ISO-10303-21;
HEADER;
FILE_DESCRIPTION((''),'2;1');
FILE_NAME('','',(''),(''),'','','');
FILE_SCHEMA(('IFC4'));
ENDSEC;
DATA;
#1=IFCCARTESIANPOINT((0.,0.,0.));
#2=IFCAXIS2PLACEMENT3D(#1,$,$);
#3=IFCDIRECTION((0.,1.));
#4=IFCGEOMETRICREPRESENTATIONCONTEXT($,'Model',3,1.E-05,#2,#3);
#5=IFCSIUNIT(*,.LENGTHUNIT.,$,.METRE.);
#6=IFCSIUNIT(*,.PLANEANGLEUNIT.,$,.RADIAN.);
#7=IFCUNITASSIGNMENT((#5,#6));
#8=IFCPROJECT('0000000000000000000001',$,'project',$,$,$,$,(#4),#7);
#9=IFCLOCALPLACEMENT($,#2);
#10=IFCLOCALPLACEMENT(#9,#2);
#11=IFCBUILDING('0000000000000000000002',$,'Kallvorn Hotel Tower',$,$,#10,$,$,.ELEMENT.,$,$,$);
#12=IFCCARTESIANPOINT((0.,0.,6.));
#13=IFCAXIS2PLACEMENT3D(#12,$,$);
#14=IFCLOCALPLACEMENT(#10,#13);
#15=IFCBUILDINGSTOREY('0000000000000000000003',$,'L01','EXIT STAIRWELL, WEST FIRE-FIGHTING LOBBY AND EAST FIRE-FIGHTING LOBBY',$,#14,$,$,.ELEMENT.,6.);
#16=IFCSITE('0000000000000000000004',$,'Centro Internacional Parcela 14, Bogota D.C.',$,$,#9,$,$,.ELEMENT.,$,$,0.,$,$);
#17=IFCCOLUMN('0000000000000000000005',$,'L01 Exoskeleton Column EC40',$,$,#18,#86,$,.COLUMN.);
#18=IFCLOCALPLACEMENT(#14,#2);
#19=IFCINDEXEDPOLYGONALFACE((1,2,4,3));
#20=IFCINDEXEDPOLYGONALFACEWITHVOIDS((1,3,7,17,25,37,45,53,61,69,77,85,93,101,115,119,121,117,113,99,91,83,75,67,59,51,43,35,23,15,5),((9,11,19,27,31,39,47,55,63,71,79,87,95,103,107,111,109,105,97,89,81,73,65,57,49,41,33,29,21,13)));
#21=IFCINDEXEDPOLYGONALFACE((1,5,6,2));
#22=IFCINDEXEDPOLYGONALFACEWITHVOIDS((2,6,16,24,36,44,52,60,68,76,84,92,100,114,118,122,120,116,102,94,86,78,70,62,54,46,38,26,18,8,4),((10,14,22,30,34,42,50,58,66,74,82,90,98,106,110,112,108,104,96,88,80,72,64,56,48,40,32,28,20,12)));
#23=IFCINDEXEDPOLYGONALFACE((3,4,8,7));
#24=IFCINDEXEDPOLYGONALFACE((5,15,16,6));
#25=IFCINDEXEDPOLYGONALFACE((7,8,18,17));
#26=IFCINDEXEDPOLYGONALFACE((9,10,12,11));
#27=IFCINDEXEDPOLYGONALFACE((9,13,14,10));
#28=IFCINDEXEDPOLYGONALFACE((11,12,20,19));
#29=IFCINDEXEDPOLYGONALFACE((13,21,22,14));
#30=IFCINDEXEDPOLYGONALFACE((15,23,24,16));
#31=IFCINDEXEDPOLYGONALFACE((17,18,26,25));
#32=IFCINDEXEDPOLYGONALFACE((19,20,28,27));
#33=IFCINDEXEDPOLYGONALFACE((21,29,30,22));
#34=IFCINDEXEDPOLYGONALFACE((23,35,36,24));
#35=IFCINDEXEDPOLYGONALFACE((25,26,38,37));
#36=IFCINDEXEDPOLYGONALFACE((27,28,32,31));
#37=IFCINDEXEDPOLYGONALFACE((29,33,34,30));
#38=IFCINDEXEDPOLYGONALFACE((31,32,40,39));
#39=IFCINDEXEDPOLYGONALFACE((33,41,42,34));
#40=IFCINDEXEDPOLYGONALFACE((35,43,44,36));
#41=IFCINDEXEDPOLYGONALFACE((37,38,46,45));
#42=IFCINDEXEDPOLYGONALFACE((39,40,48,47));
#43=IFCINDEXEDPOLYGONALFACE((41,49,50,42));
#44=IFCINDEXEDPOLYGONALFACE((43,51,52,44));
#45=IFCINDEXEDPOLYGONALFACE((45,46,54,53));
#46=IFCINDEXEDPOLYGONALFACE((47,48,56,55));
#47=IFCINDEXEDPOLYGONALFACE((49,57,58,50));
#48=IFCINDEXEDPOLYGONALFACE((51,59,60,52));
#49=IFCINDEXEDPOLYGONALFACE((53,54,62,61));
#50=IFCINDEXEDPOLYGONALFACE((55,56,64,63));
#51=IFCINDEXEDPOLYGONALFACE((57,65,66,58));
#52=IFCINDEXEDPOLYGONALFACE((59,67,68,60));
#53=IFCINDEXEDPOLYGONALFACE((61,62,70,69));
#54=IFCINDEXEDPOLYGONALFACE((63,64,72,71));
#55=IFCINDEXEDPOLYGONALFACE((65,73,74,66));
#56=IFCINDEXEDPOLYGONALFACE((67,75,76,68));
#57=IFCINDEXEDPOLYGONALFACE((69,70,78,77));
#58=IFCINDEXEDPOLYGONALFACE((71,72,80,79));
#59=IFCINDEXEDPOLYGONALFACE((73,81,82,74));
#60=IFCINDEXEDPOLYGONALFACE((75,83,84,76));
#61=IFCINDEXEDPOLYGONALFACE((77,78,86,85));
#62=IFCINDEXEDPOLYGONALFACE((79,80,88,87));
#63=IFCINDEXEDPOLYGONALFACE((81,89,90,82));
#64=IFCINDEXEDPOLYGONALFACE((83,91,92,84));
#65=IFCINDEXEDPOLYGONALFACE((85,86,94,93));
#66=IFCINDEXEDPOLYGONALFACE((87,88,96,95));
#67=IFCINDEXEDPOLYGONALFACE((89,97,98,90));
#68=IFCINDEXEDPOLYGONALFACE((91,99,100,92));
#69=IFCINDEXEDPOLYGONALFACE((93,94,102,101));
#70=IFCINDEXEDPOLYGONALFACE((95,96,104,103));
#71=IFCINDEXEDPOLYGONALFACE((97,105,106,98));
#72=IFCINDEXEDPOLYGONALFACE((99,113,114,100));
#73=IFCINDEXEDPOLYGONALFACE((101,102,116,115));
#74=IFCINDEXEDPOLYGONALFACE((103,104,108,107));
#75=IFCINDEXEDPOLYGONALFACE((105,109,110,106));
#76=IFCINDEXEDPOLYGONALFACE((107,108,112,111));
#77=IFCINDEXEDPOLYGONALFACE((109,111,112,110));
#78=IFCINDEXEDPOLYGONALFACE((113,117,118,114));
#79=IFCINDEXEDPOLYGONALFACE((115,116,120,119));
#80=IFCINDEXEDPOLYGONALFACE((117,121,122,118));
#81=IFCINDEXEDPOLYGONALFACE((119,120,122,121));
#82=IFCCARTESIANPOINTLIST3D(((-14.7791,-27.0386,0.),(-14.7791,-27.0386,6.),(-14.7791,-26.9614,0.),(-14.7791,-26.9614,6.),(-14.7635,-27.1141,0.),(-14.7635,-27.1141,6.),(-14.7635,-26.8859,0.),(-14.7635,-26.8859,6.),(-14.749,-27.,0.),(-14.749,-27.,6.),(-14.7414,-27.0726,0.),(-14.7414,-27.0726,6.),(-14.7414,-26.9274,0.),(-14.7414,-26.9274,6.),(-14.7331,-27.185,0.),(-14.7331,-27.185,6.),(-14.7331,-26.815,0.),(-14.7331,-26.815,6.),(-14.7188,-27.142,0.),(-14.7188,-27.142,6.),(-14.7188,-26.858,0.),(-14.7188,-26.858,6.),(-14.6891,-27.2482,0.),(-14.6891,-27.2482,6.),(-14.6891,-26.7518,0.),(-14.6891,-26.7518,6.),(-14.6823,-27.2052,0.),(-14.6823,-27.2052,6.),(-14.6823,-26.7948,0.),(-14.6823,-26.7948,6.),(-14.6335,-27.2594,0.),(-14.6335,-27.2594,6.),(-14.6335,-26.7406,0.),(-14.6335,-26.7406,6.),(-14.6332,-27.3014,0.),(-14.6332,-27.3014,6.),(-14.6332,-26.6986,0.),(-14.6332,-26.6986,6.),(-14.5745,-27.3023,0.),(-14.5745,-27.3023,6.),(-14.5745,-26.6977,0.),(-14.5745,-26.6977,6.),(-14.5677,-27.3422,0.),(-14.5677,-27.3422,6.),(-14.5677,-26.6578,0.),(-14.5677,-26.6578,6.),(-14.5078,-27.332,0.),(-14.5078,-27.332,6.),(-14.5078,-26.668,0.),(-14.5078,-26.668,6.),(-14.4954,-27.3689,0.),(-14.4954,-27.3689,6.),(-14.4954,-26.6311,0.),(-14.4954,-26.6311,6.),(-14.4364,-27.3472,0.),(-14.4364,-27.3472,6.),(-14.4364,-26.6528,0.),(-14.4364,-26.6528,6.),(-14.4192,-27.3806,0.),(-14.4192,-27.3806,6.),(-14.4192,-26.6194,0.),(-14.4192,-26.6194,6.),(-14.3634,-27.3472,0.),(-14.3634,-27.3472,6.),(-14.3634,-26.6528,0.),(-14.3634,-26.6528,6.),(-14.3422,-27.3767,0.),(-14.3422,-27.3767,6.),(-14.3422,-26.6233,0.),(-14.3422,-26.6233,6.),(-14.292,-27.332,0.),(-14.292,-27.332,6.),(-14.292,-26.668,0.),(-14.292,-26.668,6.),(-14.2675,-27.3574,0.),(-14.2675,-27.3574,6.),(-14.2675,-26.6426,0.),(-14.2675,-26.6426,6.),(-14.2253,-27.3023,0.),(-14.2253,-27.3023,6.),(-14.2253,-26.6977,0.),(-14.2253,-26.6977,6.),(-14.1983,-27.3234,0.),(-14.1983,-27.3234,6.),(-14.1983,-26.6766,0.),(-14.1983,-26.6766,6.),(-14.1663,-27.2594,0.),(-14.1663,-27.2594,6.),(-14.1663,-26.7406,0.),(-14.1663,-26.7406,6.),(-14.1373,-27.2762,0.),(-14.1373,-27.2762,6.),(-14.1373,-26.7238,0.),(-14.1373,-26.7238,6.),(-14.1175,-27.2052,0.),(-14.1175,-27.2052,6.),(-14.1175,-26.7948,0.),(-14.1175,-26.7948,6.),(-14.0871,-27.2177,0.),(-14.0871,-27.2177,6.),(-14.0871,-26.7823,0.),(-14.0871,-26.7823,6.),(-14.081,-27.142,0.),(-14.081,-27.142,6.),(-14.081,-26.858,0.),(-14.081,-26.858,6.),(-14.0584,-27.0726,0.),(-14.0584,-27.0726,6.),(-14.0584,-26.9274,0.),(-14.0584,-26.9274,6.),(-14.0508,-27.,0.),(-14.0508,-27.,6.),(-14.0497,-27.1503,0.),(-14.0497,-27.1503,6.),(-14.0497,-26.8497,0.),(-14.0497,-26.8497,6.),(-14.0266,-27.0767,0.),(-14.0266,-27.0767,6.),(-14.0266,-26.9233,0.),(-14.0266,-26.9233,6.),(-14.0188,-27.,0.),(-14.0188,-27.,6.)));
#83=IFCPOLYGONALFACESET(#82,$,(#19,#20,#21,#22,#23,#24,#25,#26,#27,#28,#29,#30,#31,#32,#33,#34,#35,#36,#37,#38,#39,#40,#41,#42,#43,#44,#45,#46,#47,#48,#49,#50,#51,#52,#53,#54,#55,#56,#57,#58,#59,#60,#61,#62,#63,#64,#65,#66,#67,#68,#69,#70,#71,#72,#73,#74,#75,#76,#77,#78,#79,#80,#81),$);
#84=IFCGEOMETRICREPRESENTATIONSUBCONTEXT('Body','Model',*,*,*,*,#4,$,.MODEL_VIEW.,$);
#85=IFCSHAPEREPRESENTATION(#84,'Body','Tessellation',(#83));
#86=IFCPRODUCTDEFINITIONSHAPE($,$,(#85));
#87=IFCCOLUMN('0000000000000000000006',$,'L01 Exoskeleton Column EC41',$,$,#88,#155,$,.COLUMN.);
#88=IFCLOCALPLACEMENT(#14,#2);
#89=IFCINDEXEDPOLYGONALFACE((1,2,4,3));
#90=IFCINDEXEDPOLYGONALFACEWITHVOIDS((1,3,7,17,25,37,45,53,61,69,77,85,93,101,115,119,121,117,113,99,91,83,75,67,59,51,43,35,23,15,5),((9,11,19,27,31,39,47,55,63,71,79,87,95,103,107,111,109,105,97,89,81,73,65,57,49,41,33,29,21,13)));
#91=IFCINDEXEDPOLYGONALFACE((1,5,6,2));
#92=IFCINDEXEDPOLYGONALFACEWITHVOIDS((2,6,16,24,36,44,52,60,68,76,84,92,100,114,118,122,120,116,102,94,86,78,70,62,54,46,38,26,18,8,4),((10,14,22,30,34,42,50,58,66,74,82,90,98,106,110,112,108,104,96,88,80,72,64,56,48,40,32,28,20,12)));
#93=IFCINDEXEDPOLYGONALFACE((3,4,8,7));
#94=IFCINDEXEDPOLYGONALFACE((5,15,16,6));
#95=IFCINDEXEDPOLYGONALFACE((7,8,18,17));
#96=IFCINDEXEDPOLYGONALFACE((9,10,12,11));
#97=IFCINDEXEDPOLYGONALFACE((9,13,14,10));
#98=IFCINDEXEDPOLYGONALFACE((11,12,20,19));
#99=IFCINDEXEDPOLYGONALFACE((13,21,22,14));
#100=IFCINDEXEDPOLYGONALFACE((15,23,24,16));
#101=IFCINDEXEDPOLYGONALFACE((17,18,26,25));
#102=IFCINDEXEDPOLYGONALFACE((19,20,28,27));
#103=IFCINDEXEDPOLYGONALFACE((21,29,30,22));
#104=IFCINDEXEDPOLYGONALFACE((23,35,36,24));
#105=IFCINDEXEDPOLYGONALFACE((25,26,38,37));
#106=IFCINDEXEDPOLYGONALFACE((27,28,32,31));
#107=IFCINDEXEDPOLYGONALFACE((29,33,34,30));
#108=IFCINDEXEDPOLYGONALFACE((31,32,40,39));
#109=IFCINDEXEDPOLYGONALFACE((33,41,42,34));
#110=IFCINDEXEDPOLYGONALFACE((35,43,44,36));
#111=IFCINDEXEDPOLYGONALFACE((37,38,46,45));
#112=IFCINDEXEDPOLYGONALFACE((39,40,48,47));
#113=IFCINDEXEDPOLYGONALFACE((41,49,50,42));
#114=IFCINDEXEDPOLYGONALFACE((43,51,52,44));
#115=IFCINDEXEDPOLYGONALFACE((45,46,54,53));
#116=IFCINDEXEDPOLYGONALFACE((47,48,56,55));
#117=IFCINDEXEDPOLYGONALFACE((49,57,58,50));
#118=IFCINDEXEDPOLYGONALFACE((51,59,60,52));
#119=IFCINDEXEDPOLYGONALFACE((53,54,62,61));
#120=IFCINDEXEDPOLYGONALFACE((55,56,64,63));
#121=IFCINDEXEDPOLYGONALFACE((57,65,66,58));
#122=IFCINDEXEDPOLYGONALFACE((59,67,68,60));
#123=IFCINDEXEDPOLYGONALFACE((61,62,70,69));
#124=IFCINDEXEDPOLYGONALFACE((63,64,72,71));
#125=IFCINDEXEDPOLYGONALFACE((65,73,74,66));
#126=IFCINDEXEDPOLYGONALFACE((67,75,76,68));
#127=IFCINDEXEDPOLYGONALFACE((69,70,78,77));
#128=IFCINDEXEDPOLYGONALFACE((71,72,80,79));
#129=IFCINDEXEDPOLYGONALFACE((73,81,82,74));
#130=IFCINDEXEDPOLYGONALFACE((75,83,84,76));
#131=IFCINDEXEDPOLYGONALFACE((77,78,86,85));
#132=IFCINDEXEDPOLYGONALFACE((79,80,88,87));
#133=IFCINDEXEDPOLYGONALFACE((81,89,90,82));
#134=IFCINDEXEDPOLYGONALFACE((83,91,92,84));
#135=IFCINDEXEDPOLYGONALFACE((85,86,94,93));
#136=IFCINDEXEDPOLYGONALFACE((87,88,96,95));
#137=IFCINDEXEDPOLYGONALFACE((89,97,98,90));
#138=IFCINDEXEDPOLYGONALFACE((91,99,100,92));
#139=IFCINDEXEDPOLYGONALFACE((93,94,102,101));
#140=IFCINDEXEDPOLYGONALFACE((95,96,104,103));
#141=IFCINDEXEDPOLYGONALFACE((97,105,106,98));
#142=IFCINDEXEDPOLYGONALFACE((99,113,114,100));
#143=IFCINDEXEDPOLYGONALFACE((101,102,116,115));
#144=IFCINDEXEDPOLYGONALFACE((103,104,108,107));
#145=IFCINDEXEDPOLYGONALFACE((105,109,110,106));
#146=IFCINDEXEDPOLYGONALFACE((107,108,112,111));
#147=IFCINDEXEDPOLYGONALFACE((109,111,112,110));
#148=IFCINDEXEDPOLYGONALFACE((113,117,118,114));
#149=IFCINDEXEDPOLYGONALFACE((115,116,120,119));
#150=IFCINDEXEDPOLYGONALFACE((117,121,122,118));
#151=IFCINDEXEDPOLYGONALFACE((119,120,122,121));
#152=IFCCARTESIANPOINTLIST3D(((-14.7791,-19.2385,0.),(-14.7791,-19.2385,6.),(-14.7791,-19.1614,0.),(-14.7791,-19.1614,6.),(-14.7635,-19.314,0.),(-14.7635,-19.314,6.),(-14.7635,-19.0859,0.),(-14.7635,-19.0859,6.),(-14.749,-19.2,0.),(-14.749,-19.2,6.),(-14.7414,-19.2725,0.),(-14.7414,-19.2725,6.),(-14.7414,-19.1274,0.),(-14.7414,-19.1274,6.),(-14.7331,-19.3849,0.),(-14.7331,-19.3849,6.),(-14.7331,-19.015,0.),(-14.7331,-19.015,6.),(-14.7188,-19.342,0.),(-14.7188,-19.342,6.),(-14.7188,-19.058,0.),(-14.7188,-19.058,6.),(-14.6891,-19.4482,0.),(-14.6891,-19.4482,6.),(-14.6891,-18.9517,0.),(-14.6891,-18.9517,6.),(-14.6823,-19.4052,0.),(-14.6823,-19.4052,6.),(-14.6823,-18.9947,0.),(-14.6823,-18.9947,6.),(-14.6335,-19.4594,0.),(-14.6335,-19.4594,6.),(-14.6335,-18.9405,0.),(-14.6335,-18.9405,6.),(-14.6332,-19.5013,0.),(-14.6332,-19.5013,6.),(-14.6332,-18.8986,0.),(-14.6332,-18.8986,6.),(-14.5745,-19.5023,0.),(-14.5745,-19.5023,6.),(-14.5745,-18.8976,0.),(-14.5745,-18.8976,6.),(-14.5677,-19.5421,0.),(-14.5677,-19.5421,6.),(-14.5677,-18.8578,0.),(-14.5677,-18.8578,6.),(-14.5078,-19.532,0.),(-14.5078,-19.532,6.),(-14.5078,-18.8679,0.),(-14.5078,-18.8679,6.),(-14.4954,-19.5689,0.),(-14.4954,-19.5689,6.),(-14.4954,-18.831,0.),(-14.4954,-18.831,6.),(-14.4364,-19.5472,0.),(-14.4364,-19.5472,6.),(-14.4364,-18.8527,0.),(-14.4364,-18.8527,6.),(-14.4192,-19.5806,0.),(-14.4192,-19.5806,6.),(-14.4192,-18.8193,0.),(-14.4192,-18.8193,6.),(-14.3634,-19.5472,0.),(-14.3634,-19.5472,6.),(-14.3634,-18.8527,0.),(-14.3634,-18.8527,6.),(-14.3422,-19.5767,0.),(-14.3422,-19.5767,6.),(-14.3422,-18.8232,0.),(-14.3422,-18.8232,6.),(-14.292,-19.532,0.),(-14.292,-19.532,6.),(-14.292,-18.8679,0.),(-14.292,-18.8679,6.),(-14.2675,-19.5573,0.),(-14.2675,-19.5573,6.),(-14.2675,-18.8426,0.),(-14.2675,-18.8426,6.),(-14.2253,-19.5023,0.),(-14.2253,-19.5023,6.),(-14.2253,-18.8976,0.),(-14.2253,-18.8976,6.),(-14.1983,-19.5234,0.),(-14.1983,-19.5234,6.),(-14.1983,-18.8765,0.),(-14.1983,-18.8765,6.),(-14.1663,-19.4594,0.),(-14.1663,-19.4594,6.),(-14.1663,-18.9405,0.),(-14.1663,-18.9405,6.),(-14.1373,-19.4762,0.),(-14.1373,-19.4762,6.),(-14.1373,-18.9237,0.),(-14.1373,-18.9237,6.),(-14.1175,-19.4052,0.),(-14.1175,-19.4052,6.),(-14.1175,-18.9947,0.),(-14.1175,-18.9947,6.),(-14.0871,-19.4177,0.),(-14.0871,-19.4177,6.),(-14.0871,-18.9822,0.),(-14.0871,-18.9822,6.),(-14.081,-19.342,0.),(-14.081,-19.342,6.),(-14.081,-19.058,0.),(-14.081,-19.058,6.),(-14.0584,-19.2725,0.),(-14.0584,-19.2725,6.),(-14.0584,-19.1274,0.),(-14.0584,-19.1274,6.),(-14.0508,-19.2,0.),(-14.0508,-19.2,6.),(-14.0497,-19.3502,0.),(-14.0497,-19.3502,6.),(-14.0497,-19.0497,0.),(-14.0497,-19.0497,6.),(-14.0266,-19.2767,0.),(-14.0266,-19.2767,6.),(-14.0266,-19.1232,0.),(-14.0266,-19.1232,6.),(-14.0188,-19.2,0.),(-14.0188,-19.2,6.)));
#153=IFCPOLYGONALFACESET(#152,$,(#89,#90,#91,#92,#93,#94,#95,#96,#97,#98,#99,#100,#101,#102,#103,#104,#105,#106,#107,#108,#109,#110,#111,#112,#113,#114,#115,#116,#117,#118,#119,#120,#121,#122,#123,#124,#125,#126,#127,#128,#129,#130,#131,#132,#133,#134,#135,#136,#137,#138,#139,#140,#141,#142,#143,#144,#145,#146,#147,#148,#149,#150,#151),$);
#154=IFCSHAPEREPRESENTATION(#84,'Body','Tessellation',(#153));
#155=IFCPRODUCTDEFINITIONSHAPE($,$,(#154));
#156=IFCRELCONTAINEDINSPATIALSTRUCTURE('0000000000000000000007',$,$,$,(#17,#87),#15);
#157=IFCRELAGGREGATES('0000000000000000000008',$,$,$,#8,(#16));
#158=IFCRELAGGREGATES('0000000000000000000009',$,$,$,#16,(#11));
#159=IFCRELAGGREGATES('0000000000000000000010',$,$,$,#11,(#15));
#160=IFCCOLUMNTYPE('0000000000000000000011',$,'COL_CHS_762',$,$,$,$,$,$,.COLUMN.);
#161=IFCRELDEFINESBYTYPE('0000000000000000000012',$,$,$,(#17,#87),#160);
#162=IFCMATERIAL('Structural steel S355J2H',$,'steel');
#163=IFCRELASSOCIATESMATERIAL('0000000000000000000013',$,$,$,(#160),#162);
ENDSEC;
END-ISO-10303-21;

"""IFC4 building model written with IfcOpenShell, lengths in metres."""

from ifc_helpers import new_model, si_unit, direction, frame, origin, origin_2d, place, context, subcontext, project, spatial, hollow_circle, extrude, material, material_profile, profile_set, type_object, element, save


model = new_model("IFC4")

# Units and contexts
model_context = context("Model", 3, precision=1e-05, world=origin(), true_north=direction((0.0, 1.0)))
body_context = subcontext(model_context, "Body", "Model", "MODEL_VIEW")
ifc_project = project(units=[si_unit("LENGTHUNIT", "METRE"), si_unit("PLANEANGLEUNIT", "RADIAN")], contexts=[model_context])

# Site, building, storey
site_placement = place(None, origin())
site = spatial("IfcSite", under=ifc_project, at=site_placement, Name="Centro Internacional Parcela 14, Bogota D.C.", CompositionType="ELEMENT", RefElevation=0.0)
building_placement = place(site_placement, origin())
building = spatial("IfcBuilding", under=site, at=building_placement, Name="Kallvorn Hotel Tower", CompositionType="ELEMENT")
storey_placement = place(building_placement, frame((0.0, 0.0, 6.0)))
storey = spatial("IfcBuildingStorey", under=building, at=storey_placement, Name="L01", Description="EXIT STAIRWELL, WEST FIRE-FIGHTING LOBBY AND EAST FIRE-FIGHTING LOBBY", CompositionType="ELEMENT", Elevation=6.0)

# Columns
ifc_material_1 = material(Name="Structural steel S355J2H", Category="steel")
ifc_material_profile_1 = material_profile(ifc_material_1, hollow_circle(Radius=0.3811, WallThickness=0.032, at=origin_2d()), Name="CHS 762x32")
ifc_profile_set_1 = profile_set([ifc_material_profile_1], Name="Structural steel S355J2H")
column_type_1 = type_object("IfcColumnType", Name="COL_CHS_762", PredefinedType="COLUMN", material=ifc_profile_set_1)
for number, where, z_axis, x_axis, name in (
    (1, (-14.3999, -27.0, 0.0), (0.0, 0.0, 1.0), (1.0, 0.0, 0.0), "L01 Exoskeleton Column EC40"),
    (2, (-14.3999, -19.2, 0.0), (0.0, 0.0, 1.0), (1.0, 0.0, 0.0), "L01 Exoskeleton Column EC41"),
):
    element("IfcColumn", number, at=place(storey_placement, frame(where, z_axis=z_axis, x_axis=x_axis)), inside=storey, type_object=column_type_1, Name=name, PredefinedType="COLUMN", context=body_context, shape_type="SweptSolid", body=[
        extrude(hollow_circle(Radius=0.3811, WallThickness=0.032, at=origin_2d()), origin(), (0.0, 0.0, 1.0), 6.0),
    ])

save(model, "model.ifc")
